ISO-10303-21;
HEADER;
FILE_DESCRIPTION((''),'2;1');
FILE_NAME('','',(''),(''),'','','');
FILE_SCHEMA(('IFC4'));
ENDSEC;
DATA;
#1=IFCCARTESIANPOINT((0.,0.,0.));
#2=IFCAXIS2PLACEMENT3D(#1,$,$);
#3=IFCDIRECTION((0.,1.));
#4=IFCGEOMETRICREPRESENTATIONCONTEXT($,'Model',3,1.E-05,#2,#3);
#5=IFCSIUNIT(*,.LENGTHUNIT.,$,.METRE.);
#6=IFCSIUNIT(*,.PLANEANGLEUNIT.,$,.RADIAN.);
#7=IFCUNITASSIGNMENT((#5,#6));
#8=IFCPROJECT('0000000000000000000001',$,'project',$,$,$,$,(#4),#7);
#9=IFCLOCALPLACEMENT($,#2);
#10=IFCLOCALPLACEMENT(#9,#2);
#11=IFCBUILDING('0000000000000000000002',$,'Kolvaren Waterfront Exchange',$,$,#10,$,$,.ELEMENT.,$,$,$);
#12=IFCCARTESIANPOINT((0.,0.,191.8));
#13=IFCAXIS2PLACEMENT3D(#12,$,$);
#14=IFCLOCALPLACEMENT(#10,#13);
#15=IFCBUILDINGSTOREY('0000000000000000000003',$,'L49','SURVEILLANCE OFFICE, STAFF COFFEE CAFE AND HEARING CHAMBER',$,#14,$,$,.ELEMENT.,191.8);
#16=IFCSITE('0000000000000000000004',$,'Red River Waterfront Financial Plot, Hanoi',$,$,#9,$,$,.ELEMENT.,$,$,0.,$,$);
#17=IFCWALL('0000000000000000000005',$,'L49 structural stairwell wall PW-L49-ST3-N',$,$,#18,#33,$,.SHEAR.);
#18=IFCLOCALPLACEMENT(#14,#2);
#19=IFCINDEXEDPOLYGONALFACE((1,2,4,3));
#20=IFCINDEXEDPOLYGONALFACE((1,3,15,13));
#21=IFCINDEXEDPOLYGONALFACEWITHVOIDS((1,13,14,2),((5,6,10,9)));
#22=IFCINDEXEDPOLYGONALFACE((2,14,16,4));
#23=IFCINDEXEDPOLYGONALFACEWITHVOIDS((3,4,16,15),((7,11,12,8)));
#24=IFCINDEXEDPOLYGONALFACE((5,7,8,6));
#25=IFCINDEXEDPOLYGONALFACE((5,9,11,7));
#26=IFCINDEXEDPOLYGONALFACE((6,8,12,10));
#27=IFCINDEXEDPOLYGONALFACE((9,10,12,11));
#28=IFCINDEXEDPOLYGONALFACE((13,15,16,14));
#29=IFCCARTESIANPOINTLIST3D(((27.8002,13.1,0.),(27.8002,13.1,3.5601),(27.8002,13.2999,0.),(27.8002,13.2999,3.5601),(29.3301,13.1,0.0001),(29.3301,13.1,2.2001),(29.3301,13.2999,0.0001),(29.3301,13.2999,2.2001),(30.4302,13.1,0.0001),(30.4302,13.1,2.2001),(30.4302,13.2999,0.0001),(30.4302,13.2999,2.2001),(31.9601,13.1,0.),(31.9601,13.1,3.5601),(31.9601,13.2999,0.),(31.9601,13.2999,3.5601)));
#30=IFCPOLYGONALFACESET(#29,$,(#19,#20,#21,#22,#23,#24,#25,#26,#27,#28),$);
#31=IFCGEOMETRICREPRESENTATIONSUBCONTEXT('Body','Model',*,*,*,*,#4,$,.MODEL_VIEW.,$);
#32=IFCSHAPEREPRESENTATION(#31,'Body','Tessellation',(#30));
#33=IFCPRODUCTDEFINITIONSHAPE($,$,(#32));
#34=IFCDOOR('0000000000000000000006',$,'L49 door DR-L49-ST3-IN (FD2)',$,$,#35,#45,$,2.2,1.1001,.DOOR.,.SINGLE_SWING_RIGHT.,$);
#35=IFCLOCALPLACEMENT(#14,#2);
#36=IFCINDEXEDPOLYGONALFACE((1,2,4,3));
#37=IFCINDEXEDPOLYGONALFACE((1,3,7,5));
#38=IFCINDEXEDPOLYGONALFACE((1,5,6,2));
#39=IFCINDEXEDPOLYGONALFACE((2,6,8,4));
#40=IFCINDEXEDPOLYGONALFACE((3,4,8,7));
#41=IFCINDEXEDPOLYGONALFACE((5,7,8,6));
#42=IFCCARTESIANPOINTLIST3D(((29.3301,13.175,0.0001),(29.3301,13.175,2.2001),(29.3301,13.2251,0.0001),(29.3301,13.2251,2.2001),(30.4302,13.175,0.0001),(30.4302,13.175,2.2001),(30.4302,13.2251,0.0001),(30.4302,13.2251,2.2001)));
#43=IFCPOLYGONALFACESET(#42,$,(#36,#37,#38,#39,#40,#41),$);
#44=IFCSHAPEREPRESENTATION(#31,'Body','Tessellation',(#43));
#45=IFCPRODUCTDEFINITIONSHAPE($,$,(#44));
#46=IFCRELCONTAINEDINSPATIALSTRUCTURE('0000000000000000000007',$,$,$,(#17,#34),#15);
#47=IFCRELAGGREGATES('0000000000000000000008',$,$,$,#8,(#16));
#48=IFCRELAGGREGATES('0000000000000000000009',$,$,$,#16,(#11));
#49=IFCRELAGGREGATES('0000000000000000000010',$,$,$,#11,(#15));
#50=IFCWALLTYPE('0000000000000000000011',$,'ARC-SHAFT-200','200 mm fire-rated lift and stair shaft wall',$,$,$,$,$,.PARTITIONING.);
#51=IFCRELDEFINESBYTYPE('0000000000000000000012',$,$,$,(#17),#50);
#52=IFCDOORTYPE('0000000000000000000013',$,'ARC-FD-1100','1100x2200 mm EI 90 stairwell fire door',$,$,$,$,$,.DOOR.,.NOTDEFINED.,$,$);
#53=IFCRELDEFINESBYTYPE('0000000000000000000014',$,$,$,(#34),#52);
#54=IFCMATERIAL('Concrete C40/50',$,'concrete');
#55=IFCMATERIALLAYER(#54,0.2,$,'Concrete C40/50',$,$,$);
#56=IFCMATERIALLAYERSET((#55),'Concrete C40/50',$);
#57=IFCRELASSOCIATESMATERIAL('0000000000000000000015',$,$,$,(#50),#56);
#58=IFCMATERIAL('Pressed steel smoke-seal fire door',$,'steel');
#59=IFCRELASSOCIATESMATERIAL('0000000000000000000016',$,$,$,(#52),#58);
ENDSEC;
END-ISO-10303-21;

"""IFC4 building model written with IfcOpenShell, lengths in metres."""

from ifc_helpers import new_model, si_unit, direction, frame, frame_2d, origin, place, context, subcontext, project, spatial, rectangle, extrude, material, layer, layer_set, type_object, element, fill, save


model = new_model("IFC4")

# Units and contexts
model_context = context("Model", 3, precision=1e-05, world=origin(), true_north=direction((0.0, 1.0)))
body_context = subcontext(model_context, "Body", "Model", "MODEL_VIEW")
ifc_project = project(units=[si_unit("LENGTHUNIT", "METRE"), si_unit("PLANEANGLEUNIT", "RADIAN")], contexts=[model_context])

# Site, building, storey
site_placement = place(None, origin())
site = spatial("IfcSite", under=ifc_project, at=site_placement, Name="Red River Waterfront Financial Plot, Hanoi", CompositionType="ELEMENT", RefElevation=0.0)
building_placement = place(site_placement, origin())
building = spatial("IfcBuilding", under=site, at=building_placement, Name="Kolvaren Waterfront Exchange", CompositionType="ELEMENT")
storey_placement = place(building_placement, frame((0.0, 0.0, 191.8)))
storey = spatial("IfcBuildingStorey", under=building, at=storey_placement, Name="L49", Description="SURVEILLANCE OFFICE, STAFF COFFEE CAFE AND HEARING CHAMBER", CompositionType="ELEMENT", Elevation=191.8)

# Wall, opening, door
ifc_material_1 = material(Name="Concrete C40/50", Category="concrete")
ifc_layer_1 = layer(ifc_material_1, 0.2, Name="Concrete C40/50")
ifc_layer_set_1 = layer_set([ifc_layer_1], Name="Concrete C40/50")
wall_type_1 = type_object("IfcWallType", Name="ARC-SHAFT-200", Description="200 mm fire-rated lift and stair shaft wall", PredefinedType="PARTITIONING", material=ifc_layer_set_1)
wall_1_placement = place(storey_placement, frame((27.8, 13.2, 0.0), z_axis=(0.0, 0.0, 1.0), x_axis=(1.0, 0.0, 0.0)))
wall_1 = element("IfcWall", 1, at=wall_1_placement, inside=storey, type_object=wall_type_1, Name="L49 structural stairwell wall PW-L49-ST3-N", PredefinedType="SHEAR", context=body_context, shape_type="SweptSolid", body=[
    extrude(rectangle(XDim=4.1599, YDim=0.2, at=frame_2d((2.0801, 0.0))), origin(), (0.0, 0.0, 1.0), 3.5601),
])
opening_1_placement = place(wall_1_placement, frame((1.53, 0.0, 0.0)))
opening_1 = element("IfcOpeningElement", 2, at=opening_1_placement, cuts=wall_1, PredefinedType="OPENING", context=body_context, shape_type="SweptSolid", body=[
    extrude(rectangle(XDim=1.1001, YDim=2.2, at=frame_2d((0.55, 1.1001))), frame((0.0, 0.1099, 0.0), z_axis=(0.0, -1.0, 0.0), x_axis=(1.0, 0.0, 0.0)), (0.0, 0.0, 1.0), 0.22),
])
ifc_material_2 = material(Name="Pressed steel smoke-seal fire door", Category="steel")
door_type_1 = type_object("IfcDoorType", Name="ARC-FD-1100", Description="1100x2200 mm EI 90 stairwell fire door", OperationType="NOTDEFINED", PredefinedType="DOOR", material=ifc_material_2)
door_1_placement = place(opening_1_placement, frame((1.1001, 0.0, 0.0), z_axis=(0.0, 0.0, 1.0), x_axis=(-1.0, 0.0, 0.0)))
door_1 = element("IfcDoor", 3, at=door_1_placement, inside=storey, type_object=door_type_1, Name="L49 door DR-L49-ST3-IN (FD2)", OperationType="SINGLE_SWING_RIGHT", OverallHeight=2.2, OverallWidth=1.1001, PredefinedType="DOOR", context=body_context, shape_type="SweptSolid", body=[
    extrude(rectangle(XDim=1.1001, YDim=2.2, at=frame_2d((0.55, 1.1001))), frame((0.0, 0.0249, 0.0), z_axis=(0.0, -1.0, 0.0), x_axis=(1.0, 0.0, 0.0)), (0.0, 0.0, 1.0), 0.05),
])
fill(opening_1, door_1)

save(model, "model.ifc")
